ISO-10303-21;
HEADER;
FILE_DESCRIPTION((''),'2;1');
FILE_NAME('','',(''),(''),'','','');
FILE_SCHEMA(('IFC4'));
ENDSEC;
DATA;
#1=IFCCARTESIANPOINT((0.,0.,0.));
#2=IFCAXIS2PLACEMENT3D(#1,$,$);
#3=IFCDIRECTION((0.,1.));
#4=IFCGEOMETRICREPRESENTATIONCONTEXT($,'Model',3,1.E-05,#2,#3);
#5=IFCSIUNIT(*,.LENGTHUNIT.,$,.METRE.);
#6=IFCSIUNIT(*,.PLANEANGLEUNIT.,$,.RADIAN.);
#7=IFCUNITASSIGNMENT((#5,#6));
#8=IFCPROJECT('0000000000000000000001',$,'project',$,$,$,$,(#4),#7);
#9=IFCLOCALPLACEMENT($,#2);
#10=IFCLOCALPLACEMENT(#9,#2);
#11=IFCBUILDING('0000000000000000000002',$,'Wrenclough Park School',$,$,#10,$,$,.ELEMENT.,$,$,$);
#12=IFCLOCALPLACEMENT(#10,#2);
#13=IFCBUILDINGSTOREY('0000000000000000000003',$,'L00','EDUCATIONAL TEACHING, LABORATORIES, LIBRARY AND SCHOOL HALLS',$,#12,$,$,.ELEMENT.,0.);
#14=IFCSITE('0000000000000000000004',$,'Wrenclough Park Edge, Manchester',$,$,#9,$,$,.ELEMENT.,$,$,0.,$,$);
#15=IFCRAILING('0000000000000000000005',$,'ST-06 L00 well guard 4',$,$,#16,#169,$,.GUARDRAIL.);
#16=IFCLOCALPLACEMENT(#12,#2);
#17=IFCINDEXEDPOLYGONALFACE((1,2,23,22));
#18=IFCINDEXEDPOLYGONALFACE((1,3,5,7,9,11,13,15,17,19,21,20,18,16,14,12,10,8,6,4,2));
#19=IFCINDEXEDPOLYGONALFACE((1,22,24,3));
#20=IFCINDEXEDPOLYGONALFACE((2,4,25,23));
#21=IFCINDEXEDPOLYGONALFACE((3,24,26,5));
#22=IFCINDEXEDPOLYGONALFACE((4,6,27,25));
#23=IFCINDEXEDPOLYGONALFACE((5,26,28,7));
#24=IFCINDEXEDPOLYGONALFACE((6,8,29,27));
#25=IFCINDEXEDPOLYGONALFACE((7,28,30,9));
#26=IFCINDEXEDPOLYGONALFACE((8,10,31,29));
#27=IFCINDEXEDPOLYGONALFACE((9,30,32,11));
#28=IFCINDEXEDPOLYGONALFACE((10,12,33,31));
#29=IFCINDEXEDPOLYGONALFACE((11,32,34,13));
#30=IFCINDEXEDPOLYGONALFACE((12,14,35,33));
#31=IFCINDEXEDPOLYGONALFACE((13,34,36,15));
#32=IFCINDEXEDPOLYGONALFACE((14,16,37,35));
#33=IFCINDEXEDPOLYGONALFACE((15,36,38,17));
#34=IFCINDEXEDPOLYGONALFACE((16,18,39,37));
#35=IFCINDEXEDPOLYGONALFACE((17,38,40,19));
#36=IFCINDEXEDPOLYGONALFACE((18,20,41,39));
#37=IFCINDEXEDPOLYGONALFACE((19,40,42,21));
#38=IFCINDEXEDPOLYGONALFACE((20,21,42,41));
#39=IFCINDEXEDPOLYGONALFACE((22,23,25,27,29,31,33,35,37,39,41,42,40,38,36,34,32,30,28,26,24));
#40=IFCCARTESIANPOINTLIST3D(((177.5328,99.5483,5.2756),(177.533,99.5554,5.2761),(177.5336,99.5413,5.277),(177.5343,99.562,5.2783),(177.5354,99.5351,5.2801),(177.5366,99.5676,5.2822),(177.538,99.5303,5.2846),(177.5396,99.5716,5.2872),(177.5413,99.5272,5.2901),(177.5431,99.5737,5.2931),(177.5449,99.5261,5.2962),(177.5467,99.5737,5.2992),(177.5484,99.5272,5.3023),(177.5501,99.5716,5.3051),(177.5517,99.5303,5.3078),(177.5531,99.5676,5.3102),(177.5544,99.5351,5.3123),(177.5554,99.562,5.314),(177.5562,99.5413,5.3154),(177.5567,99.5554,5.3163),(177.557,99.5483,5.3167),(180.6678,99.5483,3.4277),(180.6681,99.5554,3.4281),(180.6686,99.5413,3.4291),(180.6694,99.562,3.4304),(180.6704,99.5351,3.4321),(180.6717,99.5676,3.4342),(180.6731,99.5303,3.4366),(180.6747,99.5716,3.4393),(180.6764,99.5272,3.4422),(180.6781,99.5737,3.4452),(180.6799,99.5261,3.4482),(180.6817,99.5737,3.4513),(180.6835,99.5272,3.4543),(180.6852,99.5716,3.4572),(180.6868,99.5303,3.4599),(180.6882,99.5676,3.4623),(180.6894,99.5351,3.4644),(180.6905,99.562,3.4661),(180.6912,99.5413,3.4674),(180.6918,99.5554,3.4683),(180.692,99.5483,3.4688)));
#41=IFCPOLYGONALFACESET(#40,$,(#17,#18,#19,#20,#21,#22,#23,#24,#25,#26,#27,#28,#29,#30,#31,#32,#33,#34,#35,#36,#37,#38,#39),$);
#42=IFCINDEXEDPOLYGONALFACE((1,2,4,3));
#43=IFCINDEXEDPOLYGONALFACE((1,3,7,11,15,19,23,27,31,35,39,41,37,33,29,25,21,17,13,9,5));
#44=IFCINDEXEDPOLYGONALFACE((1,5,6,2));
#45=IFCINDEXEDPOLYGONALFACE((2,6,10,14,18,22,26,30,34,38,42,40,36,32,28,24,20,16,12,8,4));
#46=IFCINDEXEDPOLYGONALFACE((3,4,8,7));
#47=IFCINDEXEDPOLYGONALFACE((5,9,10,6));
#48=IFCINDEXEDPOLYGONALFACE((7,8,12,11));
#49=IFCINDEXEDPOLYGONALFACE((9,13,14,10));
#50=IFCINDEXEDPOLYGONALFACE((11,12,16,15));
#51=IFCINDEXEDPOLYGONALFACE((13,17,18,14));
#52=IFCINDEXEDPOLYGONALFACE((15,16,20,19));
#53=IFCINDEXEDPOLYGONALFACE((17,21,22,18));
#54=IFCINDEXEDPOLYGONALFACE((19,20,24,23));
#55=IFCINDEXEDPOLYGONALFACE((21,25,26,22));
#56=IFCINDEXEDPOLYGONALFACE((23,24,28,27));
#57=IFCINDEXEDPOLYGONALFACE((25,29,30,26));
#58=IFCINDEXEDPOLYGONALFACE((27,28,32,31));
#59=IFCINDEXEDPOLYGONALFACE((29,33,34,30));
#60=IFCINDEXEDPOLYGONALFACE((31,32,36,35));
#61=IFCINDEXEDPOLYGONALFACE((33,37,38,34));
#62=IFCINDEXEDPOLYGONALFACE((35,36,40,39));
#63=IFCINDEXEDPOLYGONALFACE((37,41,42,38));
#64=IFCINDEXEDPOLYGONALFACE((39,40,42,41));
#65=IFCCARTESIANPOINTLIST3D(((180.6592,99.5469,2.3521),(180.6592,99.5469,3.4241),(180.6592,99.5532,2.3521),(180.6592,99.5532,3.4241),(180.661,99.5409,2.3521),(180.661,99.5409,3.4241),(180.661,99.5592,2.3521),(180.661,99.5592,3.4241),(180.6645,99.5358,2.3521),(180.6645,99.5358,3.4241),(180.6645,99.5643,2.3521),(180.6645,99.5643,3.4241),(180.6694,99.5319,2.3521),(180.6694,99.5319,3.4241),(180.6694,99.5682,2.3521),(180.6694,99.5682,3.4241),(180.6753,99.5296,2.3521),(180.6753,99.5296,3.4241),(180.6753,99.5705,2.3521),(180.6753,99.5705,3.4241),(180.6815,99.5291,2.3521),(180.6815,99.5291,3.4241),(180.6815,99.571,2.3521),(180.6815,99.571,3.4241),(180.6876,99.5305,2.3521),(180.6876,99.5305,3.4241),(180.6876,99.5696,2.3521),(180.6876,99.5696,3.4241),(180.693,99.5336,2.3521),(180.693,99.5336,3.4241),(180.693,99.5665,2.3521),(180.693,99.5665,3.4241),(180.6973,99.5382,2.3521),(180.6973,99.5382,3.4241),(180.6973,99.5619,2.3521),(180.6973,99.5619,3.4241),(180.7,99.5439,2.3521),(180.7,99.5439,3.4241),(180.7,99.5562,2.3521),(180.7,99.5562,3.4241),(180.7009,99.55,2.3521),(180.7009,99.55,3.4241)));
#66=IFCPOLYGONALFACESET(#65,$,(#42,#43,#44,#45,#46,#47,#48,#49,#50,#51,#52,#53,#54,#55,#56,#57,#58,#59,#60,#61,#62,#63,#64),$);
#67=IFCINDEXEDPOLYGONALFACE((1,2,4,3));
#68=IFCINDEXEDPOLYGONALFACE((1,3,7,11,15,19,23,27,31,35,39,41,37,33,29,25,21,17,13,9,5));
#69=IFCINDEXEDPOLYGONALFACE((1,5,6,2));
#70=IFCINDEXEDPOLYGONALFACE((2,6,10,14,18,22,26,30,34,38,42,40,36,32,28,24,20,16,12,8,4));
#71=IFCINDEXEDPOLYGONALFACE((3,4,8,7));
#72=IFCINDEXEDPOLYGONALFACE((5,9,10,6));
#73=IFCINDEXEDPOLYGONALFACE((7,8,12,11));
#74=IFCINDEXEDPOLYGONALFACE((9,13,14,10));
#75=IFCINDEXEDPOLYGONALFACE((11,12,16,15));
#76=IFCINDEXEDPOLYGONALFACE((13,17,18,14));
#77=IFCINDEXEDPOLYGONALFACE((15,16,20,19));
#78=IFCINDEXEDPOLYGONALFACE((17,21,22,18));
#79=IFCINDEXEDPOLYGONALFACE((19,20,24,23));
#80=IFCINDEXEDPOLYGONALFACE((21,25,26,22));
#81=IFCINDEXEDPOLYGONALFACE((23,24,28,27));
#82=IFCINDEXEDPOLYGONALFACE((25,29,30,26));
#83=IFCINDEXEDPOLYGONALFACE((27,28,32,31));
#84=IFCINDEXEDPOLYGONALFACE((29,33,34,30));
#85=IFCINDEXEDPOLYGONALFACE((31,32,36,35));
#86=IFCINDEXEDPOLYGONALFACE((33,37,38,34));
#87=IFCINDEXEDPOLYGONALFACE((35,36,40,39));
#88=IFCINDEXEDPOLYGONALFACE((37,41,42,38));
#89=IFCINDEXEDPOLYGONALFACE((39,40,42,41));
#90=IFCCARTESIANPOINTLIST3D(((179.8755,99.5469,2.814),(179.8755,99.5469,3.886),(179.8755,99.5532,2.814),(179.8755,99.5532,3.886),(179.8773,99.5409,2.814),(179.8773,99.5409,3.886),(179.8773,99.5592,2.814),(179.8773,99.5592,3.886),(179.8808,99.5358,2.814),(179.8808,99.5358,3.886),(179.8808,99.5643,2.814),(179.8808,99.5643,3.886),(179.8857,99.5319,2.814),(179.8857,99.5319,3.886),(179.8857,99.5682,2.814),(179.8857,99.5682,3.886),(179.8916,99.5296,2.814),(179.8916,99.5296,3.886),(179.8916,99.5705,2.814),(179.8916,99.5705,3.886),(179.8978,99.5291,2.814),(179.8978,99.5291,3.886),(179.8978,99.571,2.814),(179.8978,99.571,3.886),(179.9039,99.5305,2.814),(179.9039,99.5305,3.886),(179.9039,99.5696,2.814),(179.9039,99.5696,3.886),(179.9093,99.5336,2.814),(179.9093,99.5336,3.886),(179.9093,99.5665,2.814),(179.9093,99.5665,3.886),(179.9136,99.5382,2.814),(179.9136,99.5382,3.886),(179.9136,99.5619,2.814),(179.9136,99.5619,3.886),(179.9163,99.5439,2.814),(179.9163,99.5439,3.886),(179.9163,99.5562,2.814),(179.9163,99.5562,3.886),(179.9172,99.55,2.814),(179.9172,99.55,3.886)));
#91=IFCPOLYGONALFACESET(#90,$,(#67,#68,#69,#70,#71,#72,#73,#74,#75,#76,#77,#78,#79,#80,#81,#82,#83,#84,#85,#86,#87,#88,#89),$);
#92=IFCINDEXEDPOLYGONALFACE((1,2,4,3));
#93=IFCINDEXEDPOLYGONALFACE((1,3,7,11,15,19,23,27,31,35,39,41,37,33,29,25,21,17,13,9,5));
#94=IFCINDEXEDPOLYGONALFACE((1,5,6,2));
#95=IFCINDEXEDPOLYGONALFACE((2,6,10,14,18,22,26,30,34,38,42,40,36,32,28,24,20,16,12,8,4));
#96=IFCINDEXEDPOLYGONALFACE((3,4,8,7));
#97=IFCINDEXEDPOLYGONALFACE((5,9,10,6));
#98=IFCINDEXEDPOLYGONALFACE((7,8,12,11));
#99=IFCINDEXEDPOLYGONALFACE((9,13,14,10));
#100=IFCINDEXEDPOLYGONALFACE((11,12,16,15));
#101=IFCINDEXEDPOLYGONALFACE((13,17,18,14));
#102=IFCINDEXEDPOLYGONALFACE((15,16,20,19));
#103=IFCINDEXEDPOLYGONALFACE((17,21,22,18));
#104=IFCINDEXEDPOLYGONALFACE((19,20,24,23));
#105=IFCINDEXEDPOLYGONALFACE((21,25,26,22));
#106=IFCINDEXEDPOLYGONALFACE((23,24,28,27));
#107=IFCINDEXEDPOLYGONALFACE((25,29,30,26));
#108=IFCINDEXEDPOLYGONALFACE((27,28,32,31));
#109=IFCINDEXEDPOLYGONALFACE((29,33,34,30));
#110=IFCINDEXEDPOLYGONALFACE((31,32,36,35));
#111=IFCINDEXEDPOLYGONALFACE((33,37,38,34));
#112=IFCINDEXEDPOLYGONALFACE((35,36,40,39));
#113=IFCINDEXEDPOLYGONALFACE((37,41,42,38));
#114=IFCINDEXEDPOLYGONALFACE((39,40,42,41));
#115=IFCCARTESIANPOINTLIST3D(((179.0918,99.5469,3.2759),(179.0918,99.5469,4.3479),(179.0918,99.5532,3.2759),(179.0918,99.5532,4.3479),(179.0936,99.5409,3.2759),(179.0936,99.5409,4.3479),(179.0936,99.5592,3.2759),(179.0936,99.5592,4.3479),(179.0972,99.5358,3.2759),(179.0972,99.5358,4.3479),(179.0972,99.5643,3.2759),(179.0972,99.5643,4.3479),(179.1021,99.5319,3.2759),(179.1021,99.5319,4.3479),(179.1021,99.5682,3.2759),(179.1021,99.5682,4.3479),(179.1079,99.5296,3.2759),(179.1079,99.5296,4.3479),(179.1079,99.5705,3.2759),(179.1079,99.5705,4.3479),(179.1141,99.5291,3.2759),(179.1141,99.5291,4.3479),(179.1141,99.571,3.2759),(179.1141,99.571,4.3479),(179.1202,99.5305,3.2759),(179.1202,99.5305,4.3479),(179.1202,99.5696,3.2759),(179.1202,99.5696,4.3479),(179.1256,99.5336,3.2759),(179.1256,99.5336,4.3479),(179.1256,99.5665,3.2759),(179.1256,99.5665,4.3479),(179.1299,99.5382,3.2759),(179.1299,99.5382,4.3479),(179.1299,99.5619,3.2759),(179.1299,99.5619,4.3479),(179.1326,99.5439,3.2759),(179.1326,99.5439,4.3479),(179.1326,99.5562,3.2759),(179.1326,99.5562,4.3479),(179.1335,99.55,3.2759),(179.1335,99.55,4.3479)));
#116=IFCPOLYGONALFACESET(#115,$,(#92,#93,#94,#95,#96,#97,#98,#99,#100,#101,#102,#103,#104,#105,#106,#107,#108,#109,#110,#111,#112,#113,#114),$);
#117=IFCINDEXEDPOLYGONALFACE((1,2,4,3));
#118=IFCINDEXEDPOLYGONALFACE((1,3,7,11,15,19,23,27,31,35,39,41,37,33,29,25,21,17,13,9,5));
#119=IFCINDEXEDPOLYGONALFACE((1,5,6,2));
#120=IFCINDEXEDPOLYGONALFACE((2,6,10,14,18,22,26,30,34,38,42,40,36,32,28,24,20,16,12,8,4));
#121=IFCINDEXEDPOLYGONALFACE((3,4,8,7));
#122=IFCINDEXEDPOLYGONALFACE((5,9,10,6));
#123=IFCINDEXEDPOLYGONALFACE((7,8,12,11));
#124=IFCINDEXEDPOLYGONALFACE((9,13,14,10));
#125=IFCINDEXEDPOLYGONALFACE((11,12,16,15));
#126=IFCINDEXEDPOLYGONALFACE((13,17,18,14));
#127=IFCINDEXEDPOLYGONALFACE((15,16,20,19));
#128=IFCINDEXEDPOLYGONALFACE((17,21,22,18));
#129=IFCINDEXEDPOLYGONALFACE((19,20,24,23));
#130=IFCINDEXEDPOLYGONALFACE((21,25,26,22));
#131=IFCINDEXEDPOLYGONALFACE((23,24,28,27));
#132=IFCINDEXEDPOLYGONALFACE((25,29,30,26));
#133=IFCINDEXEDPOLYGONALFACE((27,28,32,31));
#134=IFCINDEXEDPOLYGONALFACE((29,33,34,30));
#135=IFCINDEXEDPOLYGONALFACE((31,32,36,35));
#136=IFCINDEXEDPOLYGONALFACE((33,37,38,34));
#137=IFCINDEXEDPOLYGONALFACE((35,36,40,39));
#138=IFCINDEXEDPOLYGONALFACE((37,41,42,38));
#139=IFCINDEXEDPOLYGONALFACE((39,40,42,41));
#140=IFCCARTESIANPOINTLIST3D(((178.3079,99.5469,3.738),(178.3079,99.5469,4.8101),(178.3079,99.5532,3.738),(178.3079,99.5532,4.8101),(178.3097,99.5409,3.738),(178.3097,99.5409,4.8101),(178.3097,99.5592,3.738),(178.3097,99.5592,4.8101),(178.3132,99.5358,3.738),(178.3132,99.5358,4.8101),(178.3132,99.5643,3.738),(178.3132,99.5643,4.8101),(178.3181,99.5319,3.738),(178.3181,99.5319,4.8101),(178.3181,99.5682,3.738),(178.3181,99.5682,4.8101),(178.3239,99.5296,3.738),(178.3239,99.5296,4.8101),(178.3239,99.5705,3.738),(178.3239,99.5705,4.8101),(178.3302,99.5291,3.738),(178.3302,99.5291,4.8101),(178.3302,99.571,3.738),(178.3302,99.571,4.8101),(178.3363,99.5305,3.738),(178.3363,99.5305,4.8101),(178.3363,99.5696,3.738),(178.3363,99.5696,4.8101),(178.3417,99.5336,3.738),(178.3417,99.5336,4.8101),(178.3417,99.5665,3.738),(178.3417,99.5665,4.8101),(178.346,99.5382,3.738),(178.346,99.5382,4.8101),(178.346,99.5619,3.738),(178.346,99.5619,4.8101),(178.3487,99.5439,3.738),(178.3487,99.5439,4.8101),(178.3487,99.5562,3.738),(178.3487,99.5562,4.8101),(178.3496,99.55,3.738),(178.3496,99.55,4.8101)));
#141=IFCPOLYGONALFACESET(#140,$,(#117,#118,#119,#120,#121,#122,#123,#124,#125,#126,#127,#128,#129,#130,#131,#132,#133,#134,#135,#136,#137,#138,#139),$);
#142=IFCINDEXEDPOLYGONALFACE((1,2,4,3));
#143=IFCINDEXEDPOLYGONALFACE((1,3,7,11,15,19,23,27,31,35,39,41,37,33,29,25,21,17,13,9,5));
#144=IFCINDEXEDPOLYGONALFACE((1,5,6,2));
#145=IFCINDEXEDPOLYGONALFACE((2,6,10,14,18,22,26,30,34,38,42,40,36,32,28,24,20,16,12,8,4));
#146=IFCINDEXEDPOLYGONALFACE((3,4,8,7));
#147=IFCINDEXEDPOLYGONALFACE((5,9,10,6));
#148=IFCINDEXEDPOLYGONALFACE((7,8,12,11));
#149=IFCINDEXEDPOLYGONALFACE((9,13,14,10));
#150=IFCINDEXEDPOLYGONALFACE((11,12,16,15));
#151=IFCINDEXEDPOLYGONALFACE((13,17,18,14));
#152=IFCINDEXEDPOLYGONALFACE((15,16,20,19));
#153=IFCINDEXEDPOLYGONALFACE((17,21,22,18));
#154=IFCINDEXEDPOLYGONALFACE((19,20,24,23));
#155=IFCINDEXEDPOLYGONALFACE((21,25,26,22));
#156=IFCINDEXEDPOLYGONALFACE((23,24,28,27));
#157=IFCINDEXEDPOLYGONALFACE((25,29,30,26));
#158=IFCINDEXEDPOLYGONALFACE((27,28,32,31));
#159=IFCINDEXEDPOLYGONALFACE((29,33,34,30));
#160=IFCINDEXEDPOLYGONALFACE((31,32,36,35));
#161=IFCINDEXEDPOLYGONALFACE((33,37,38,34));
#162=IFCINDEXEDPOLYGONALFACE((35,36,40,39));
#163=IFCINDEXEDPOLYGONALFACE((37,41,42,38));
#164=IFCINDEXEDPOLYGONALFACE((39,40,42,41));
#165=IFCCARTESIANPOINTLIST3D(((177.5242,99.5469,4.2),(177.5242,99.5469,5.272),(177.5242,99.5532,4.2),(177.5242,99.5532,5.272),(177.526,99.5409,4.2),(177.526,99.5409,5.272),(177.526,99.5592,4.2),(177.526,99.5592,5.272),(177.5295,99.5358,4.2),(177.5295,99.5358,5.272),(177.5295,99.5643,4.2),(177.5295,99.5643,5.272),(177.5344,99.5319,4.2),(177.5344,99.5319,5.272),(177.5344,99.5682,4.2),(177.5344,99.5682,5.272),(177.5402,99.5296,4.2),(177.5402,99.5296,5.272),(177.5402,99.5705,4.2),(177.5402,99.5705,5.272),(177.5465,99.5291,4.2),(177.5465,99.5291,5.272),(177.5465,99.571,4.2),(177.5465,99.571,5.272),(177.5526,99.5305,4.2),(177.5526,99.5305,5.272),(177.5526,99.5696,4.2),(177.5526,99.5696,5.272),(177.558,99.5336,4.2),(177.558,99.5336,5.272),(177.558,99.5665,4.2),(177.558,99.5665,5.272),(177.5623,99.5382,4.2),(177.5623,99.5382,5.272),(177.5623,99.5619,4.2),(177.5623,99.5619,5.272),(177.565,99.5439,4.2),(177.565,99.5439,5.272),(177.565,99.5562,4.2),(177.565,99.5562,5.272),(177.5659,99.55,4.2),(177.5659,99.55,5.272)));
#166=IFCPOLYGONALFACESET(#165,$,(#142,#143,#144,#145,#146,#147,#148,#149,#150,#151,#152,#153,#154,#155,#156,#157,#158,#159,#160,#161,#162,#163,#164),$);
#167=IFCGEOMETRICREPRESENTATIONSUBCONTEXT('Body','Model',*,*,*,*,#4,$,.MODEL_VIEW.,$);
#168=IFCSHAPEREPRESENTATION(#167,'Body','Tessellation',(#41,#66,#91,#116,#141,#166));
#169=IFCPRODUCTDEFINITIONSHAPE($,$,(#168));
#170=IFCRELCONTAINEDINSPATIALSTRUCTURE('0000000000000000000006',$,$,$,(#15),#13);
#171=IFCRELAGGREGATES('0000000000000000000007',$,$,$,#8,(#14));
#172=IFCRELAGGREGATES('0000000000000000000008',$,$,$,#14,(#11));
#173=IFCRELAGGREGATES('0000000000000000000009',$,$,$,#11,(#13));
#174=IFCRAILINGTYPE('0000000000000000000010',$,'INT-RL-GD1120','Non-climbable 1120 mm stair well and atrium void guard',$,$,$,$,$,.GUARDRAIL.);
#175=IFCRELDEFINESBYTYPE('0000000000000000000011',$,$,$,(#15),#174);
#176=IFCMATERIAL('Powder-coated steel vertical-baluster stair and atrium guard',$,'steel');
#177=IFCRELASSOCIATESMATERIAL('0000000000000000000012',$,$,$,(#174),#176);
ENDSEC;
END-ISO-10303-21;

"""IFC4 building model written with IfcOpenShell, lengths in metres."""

from ifc_helpers import new_model, si_unit, direction, frame, origin, origin_2d, place, context, subcontext, project, spatial, circle, extrude, material, type_object, element, save


model = new_model("IFC4")

# Units and contexts
model_context = context("Model", 3, precision=1e-05, world=origin(), true_north=direction((0.0, 1.0)))
body_context = subcontext(model_context, "Body", "Model", "MODEL_VIEW")
ifc_project = project(units=[si_unit("LENGTHUNIT", "METRE"), si_unit("PLANEANGLEUNIT", "RADIAN")], contexts=[model_context])

# Site, building, storey
site_placement = place(None, origin())
site = spatial("IfcSite", under=ifc_project, at=site_placement, Name="Wrenclough Park Edge, Manchester", CompositionType="ELEMENT", RefElevation=0.0)
building_placement = place(site_placement, origin())
building = spatial("IfcBuilding", under=site, at=building_placement, Name="Wrenclough Park School", CompositionType="ELEMENT")
storey_placement = place(building_placement, origin())
storey = spatial("IfcBuildingStorey", under=building, at=storey_placement, Name="L00", Description="EDUCATIONAL TEACHING, LABORATORIES, LIBRARY AND SCHOOL HALLS", CompositionType="ELEMENT", Elevation=0.0)

# Railing
ifc_material_1 = material(Name="Powder-coated steel vertical-baluster stair and atrium guard", Category="steel")
railing_type = type_object("IfcRailingType", Name="INT-RL-GD1120", Description="Non-climbable 1120 mm stair well and atrium void guard", PredefinedType="GUARDRAIL", material=ifc_material_1)
railing_1_placement = place(storey_placement, frame((180.6799, 99.55, 2.3521)))
element("IfcRailing", 1, at=railing_1_placement, inside=storey, type_object=railing_type, Name="ST-06 L00 well guard 4", PredefinedType="GUARDRAIL", context=body_context, shape_type="SweptSolid", body=[
    extrude(circle(Radius=0.0239, at=origin_2d()), frame((0.0, 0.0, 1.0962), z_axis=(-0.86148, 0.0, 0.507791), x_axis=(0.0, -1.0, 0.0)), (0.0, 0.0, 1.0), 3.6392),
    extrude(circle(Radius=0.021, at=origin_2d()), origin(), (0.0, 0.0, 1.0), 1.072),
    extrude(circle(Radius=0.021, at=origin_2d()), frame((-0.7837, 0.0, 0.4619)), (0.0, 0.0, 1.0), 1.072),
    extrude(circle(Radius=0.021, at=origin_2d()), frame((-1.5674, 0.0, 0.9238)), (0.0, 0.0, 1.0), 1.072),
    extrude(circle(Radius=0.021, at=origin_2d()), frame((-2.3513, 0.0, 1.386)), (0.0, 0.0, 1.0), 1.072),
    extrude(circle(Radius=0.021, at=origin_2d()), frame((-3.135, 0.0, 1.8479)), (0.0, 0.0, 1.0), 1.072),
])

save(model, "model.ifc")
